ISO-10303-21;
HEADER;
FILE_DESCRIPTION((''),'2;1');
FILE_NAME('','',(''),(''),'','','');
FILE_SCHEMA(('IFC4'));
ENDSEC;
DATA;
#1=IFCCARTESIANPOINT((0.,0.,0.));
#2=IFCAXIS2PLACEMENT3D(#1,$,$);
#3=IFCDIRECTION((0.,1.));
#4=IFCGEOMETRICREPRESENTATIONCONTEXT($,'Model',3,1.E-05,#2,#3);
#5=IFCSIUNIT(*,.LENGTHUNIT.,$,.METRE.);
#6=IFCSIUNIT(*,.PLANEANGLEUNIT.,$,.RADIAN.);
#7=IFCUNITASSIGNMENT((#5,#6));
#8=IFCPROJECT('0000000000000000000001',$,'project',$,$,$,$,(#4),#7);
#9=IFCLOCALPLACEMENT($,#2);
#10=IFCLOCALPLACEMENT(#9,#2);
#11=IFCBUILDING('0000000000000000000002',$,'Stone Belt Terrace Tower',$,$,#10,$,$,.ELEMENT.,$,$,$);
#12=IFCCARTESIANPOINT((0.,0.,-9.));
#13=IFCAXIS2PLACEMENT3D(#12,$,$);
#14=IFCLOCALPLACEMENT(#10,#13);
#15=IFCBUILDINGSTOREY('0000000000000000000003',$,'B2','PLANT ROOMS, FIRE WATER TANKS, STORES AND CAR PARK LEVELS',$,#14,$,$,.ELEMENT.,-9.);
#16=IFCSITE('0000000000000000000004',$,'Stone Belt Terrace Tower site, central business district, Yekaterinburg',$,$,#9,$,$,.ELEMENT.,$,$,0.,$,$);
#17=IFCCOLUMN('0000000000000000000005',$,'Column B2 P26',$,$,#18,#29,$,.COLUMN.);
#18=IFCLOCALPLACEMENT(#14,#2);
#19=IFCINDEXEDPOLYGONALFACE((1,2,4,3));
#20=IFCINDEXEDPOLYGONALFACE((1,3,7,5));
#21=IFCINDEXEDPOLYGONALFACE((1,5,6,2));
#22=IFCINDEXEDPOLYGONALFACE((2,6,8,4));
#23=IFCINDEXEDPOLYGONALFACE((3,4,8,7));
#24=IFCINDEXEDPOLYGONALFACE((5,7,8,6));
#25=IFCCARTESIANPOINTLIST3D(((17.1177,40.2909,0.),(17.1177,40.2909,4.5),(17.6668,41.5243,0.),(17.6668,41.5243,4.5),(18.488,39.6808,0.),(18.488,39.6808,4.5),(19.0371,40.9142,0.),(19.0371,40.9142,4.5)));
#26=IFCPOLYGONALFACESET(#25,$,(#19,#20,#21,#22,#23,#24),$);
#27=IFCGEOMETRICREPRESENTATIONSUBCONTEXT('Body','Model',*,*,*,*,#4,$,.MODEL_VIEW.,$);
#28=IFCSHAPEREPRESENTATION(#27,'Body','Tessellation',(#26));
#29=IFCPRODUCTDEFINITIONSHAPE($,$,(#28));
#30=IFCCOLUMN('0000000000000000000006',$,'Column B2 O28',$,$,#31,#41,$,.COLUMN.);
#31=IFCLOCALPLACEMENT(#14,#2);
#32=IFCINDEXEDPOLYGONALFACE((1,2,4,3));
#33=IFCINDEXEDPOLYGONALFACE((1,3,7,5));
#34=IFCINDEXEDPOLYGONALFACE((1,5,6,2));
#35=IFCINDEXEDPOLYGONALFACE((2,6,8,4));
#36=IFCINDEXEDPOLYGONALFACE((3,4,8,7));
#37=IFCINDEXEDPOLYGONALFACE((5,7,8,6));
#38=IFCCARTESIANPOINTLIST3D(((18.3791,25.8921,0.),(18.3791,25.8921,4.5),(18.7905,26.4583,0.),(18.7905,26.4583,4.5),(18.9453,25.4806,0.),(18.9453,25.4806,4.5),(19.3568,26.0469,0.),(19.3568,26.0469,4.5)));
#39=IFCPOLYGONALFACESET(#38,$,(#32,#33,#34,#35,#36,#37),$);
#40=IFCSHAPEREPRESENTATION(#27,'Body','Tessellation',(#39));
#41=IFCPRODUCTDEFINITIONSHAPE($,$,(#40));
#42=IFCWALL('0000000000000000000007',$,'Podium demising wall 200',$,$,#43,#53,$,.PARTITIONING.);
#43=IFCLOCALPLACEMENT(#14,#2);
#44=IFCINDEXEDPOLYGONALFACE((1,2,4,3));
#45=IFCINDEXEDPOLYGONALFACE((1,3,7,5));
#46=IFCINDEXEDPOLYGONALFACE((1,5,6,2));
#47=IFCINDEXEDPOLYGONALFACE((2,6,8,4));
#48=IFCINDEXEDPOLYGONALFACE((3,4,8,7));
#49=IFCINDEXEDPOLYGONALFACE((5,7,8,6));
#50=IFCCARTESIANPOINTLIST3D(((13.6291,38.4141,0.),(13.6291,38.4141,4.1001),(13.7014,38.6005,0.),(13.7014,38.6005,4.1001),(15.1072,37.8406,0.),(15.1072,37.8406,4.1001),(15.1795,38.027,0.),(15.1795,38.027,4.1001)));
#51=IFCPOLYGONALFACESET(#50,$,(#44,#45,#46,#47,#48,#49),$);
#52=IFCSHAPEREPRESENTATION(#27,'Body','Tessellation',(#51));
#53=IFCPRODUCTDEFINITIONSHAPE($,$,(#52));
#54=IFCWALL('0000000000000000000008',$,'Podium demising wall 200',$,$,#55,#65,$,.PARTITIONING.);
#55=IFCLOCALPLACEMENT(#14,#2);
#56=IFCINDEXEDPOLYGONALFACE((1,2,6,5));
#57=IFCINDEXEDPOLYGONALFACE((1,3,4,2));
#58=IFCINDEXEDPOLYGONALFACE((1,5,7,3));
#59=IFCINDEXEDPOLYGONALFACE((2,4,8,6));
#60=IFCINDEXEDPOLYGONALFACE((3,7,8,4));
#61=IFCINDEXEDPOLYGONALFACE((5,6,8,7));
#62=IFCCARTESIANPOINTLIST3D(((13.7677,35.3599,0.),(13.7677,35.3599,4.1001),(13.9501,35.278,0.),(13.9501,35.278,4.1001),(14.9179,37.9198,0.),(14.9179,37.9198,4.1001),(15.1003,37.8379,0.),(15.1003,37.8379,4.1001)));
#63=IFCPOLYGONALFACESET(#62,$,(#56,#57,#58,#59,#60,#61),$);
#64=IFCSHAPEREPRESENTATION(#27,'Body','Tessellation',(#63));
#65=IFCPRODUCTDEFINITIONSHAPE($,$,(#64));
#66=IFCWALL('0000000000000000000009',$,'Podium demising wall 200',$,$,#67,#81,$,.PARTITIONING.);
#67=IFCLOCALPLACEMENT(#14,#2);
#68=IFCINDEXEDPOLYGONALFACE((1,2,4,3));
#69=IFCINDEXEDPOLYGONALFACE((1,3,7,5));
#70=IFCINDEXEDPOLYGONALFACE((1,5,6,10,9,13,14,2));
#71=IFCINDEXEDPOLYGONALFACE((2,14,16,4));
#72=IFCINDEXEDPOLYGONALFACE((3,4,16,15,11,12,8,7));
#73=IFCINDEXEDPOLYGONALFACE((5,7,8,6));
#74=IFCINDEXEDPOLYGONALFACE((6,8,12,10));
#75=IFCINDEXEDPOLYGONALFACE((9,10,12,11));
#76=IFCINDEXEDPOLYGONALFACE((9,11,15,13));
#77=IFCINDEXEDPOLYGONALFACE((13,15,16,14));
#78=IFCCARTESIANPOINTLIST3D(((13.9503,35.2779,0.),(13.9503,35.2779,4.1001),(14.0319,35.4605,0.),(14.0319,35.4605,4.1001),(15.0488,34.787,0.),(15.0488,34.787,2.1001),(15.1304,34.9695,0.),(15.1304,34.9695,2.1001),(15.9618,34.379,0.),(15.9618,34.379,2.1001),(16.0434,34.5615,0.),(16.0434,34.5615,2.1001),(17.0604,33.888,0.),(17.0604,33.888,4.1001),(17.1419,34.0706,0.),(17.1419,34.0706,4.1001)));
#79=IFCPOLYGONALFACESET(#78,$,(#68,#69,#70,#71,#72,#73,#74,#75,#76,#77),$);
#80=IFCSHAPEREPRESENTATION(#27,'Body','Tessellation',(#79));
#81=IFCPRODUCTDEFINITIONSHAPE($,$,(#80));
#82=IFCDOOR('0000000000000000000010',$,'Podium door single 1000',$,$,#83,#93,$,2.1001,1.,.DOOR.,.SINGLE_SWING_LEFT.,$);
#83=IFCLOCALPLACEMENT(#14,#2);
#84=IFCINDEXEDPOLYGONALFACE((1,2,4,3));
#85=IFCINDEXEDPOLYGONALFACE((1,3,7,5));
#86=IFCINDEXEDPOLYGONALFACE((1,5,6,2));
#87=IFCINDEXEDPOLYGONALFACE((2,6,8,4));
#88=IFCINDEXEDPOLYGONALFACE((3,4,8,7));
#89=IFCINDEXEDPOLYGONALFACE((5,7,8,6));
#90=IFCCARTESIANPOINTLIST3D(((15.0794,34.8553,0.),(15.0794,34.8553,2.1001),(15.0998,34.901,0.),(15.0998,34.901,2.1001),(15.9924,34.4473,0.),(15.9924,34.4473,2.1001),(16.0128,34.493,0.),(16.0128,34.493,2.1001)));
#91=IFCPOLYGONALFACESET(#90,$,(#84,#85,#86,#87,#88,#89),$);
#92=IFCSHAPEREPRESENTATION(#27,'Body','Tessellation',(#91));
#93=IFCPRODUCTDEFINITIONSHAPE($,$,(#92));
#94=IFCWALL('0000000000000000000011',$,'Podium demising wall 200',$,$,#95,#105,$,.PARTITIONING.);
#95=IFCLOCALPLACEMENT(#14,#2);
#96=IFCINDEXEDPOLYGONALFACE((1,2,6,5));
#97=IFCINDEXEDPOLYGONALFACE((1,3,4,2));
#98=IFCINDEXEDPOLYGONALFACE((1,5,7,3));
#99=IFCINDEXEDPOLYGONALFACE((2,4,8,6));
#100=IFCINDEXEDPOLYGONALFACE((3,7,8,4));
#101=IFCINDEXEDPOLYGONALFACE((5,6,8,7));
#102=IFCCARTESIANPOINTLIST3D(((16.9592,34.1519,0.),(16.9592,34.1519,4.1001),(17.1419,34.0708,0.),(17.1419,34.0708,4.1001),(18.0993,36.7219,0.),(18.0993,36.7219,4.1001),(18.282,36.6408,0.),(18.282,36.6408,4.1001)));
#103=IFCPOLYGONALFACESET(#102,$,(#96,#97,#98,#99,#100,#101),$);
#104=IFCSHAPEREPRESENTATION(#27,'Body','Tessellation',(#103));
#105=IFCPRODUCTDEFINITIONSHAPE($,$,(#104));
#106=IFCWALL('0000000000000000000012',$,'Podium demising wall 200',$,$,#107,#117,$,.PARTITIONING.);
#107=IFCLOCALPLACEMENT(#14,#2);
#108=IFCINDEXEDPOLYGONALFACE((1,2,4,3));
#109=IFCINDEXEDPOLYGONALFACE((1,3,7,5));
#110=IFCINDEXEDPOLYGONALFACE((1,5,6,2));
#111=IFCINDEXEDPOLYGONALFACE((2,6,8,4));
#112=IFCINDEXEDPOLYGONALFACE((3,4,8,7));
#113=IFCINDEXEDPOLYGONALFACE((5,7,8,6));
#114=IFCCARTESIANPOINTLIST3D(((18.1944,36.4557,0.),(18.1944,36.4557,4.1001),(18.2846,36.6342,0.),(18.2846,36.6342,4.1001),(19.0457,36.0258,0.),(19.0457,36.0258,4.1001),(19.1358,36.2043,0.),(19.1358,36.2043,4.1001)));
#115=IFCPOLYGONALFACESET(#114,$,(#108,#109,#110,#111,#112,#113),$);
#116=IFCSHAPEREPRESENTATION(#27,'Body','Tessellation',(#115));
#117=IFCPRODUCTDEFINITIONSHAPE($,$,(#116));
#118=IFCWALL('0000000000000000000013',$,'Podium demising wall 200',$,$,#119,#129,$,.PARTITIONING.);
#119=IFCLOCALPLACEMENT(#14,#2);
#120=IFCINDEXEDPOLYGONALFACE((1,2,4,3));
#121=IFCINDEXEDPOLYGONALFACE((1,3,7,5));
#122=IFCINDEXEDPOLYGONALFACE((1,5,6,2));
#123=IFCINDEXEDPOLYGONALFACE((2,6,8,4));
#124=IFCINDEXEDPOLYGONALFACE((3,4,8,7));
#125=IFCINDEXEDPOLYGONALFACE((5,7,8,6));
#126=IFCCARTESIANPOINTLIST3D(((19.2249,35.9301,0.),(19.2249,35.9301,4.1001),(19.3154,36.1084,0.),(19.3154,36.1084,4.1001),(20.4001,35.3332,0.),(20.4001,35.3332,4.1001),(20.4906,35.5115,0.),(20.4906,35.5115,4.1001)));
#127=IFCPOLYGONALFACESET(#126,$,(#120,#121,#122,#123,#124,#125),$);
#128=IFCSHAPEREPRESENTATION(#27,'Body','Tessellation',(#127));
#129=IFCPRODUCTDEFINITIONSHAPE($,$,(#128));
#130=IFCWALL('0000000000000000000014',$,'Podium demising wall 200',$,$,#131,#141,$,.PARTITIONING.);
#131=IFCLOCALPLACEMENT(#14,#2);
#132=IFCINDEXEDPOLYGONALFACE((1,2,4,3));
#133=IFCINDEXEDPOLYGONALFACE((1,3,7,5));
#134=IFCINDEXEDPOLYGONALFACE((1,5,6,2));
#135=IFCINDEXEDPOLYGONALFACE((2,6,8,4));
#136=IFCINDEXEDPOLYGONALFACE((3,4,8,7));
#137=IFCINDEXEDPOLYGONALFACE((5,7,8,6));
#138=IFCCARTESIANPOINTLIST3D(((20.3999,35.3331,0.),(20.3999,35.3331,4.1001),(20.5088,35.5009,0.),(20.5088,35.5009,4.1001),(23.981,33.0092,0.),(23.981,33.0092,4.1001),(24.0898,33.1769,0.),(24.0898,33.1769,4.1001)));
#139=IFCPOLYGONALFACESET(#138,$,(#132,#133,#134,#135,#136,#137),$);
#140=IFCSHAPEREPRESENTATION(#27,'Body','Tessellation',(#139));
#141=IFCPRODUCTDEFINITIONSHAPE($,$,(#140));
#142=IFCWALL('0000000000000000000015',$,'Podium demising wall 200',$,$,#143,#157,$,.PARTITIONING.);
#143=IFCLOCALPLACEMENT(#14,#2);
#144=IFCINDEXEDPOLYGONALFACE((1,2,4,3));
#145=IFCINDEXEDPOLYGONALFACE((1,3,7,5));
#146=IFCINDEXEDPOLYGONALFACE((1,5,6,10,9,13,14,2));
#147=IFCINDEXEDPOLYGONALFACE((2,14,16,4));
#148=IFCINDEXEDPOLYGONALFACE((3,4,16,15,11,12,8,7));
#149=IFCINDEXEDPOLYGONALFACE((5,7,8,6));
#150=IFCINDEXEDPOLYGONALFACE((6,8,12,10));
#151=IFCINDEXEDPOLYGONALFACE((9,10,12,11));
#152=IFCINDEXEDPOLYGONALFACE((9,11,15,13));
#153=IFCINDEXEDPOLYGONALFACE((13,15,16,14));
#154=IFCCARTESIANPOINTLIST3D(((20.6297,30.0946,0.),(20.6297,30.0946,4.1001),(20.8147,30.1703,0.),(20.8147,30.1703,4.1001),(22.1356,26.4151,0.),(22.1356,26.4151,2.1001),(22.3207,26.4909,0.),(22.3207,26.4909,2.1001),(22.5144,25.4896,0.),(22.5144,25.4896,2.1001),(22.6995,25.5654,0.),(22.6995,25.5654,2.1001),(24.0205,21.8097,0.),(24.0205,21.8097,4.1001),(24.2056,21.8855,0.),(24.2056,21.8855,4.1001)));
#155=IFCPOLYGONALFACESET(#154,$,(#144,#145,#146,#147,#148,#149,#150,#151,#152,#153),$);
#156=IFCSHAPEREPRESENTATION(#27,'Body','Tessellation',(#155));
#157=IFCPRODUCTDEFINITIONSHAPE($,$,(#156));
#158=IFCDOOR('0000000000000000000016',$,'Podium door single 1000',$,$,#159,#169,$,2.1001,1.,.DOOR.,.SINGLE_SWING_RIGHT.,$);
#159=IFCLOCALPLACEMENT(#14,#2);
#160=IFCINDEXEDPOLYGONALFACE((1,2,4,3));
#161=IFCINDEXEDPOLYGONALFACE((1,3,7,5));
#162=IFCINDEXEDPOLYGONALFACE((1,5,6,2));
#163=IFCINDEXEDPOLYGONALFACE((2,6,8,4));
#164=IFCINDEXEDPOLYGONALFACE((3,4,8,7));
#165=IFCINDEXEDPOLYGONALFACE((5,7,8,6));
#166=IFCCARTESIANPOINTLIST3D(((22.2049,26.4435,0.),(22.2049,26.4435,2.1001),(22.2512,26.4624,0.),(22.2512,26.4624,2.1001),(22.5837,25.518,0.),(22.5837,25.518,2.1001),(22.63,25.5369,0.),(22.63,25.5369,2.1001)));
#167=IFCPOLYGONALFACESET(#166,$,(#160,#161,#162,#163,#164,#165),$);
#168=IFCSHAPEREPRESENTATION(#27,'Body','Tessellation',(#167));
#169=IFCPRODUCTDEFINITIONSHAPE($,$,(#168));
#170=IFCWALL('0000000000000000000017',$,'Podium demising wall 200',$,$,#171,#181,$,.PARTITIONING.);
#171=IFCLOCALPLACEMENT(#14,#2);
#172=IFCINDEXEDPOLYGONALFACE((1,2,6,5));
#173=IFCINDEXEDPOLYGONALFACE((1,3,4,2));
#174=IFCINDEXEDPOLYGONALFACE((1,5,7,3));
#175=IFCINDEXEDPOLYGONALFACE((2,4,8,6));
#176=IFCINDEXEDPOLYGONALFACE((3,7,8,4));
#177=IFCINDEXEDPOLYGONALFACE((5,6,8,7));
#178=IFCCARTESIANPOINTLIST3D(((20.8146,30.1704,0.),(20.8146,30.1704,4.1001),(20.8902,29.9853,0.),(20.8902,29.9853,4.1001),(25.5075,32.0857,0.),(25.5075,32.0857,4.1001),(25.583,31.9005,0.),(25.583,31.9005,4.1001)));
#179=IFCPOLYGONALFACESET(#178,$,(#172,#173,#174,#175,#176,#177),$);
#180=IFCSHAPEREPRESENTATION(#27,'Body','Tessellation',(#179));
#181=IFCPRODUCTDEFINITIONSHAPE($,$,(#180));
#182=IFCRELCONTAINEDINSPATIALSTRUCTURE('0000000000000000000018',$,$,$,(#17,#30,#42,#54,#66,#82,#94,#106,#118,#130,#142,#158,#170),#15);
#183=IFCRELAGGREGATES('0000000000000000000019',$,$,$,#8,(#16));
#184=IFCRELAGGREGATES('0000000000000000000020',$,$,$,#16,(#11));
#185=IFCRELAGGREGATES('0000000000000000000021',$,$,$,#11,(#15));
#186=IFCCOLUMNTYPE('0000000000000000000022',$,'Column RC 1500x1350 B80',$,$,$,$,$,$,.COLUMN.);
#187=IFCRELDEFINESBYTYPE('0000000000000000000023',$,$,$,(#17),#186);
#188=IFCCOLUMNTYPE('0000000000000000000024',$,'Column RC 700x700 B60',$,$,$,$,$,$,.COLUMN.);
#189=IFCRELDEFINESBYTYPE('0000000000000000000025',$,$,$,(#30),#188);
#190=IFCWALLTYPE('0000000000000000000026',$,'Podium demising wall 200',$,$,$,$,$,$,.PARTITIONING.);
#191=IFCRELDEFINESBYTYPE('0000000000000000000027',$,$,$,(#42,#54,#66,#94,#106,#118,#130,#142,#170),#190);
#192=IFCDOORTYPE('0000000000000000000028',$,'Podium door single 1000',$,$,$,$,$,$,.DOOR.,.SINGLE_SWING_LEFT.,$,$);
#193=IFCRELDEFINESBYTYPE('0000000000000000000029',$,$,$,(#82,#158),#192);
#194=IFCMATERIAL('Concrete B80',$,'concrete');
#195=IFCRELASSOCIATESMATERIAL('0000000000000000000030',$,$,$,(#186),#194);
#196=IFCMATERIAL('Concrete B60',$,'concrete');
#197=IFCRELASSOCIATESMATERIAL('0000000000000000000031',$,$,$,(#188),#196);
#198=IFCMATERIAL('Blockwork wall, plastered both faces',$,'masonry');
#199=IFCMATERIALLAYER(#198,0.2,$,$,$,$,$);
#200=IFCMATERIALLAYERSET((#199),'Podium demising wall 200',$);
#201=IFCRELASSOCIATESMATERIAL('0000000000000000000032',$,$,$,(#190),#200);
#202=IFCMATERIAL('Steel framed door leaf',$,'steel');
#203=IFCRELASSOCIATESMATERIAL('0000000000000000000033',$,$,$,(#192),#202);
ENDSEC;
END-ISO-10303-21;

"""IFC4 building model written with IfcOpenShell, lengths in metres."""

from ifc_helpers import new_model, si_unit, direction, frame, frame_2d, origin, origin_2d, place, context, subcontext, project, spatial, rectangle, extrude, material, layer, layer_set, material_profile, profile_set, type_object, element, fill, save


model = new_model("IFC4")

# Units and contexts
model_context = context("Model", 3, precision=1e-05, world=origin(), true_north=direction((0.0, 1.0)))
body_context = subcontext(model_context, "Body", "Model", "MODEL_VIEW")
ifc_project = project(units=[si_unit("LENGTHUNIT", "METRE"), si_unit("PLANEANGLEUNIT", "RADIAN")], contexts=[model_context])

# Site, building, storey
site_placement = place(None, origin())
site = spatial("IfcSite", under=ifc_project, at=site_placement, Name="Stone Belt Terrace Tower site, central business district, Yekaterinburg", CompositionType="ELEMENT", RefElevation=0.0)
building_placement = place(site_placement, origin())
building = spatial("IfcBuilding", under=site, at=building_placement, Name="Stone Belt Terrace Tower", CompositionType="ELEMENT")
storey_placement = place(building_placement, frame((0.0, 0.0, -9.0)))
storey = spatial("IfcBuildingStorey", under=building, at=storey_placement, Name="B2", Description="PLANT ROOMS, FIRE WATER TANKS, STORES AND CAR PARK LEVELS", CompositionType="ELEMENT", Elevation=-9.0)

# Columns
ifc_material_1 = material(Name="Concrete B80", Category="concrete")
ifc_material_profile_1 = material_profile(ifc_material_1, rectangle(XDim=1.5, YDim=1.3501, at=origin_2d()), Name="RC 1500x1350")
ifc_profile_set_1 = profile_set([ifc_material_profile_1], Name="Concrete B80")
column_type_1 = type_object("IfcColumnType", Name="Column RC 1500x1350 B80", PredefinedType="COLUMN", material=ifc_profile_set_1)
column_1_placement = place(storey_placement, frame((18.0774, 40.6025, 0.0), z_axis=(0.0, 0.0, 1.0), x_axis=(0.913545, -0.406737, 0.0)))
element("IfcColumn", 1, at=column_1_placement, inside=storey, type_object=column_type_1, Name="Column B2 P26", PredefinedType="COLUMN", context=body_context, shape_type="SweptSolid", body=[
    extrude(rectangle(XDim=1.5, YDim=1.3501, at=origin_2d()), origin(), (0.0, 0.0, 1.0), 4.5),
])
ifc_material_2 = material(Name="Concrete B60", Category="concrete")
ifc_material_profile_2 = material_profile(ifc_material_2, rectangle(XDim=0.7, YDim=0.7, at=origin_2d()), Name="RC 700x700")
ifc_profile_set_2 = profile_set([ifc_material_profile_2], Name="Concrete B60")
column_type_2 = type_object("IfcColumnType", Name="Column RC 700x700 B60", PredefinedType="COLUMN", material=ifc_profile_set_2)
column_2_placement = place(storey_placement, frame((18.8679, 25.9695, 0.0), z_axis=(0.0, 0.0, 1.0), x_axis=(0.809017, -0.587785, 0.0)))
element("IfcColumn", 2, at=column_2_placement, inside=storey, type_object=column_type_2, Name="Column B2 O28", PredefinedType="COLUMN", context=body_context, shape_type="SweptSolid", body=[
    extrude(rectangle(XDim=0.7, YDim=0.7, at=origin_2d()), origin(), (0.0, 0.0, 1.0), 4.5),
])

# Walls
ifc_material_3 = material(Name="Blockwork wall, plastered both faces", Category="masonry")
ifc_layer_1 = layer(ifc_material_3, 0.2)
ifc_layer_set_1 = layer_set([ifc_layer_1], Name="Podium demising wall 200")
wall_type_1 = type_object("IfcWallType", Name="Podium demising wall 200", PredefinedType="PARTITIONING", material=ifc_layer_set_1)
wall_1_placement = place(storey_placement, frame((13.6653, 38.5073, 0.0), z_axis=(0.0, 0.0, 1.0), x_axis=(0.932282, -0.361733, 0.0)))
element("IfcWall", 3, at=wall_1_placement, inside=storey, type_object=wall_type_1, Name="Podium demising wall 200", PredefinedType="PARTITIONING", context=body_context, shape_type="SweptSolid", body=[
    extrude(rectangle(XDim=1.5854, YDim=0.2, at=frame_2d((0.7927, 0.0))), origin(), (0.0, 0.0, 1.0), 4.1001),
])
wall_2_placement = place(storey_placement, frame((13.8589, 35.3188, 0.0), z_axis=(0.0, 0.0, 1.0), x_axis=(0.40984, 0.912157, 0.0)))
element("IfcWall", 4, at=wall_2_placement, inside=storey, type_object=wall_type_1, Name="Podium demising wall 200", PredefinedType="PARTITIONING", context=body_context, shape_type="SweptSolid", body=[
    extrude(rectangle(XDim=2.8064, YDim=0.2, at=frame_2d((1.4033, 0.0))), origin(), (0.0, 0.0, 1.0), 4.1001),
])

# Wall, opening, door
wall_3_placement = place(storey_placement, frame((13.9912, 35.3691, 0.0), z_axis=(0.0, 0.0, 1.0), x_axis=(0.912979, -0.408006, 0.0)))
wall_3 = element("IfcWall", 5, at=wall_3_placement, inside=storey, type_object=wall_type_1, Name="Podium demising wall 200", PredefinedType="PARTITIONING", context=body_context, shape_type="SweptSolid", body=[
    extrude(rectangle(XDim=3.4065, YDim=0.2, at=frame_2d((1.7031, 0.0))), origin(), (0.0, 0.0, 1.0), 4.1001),
])
opening_1_placement = place(wall_3_placement, frame((1.2031, 0.0, 0.0)))
opening_1 = element("IfcOpeningElement", 6, at=opening_1_placement, cuts=wall_3, PredefinedType="OPENING", context=body_context, shape_type="SweptSolid", body=[
    extrude(rectangle(XDim=1.0, YDim=2.1001, at=frame_2d((0.5, 1.05))), frame((0.0, 0.1099, 0.0), z_axis=(0.0, -1.0, 0.0), x_axis=(1.0, 0.0, 0.0)), (0.0, 0.0, 1.0), 0.22),
])
ifc_material_4 = material(Name="Steel framed door leaf", Category="steel")
door_type_1 = type_object("IfcDoorType", Name="Podium door single 1000", OperationType="SINGLE_SWING_LEFT", PredefinedType="DOOR", material=ifc_material_4)
door_1_placement = place(opening_1_placement, origin())
door_1 = element("IfcDoor", 7, at=door_1_placement, inside=storey, type_object=door_type_1, Name="Podium door single 1000", OperationType="SINGLE_SWING_LEFT", OverallHeight=2.1001, OverallWidth=1.0, PredefinedType="DOOR", context=body_context, shape_type="SweptSolid", body=[
    extrude(rectangle(XDim=1.0, YDim=2.1001, at=frame_2d((0.5, 1.05))), frame((0.0, 0.0249, 0.0), z_axis=(0.0, -1.0, 0.0), x_axis=(1.0, 0.0, 0.0)), (0.0, 0.0, 1.0), 0.05),
])
fill(opening_1, door_1)

# Walls
wall_4_placement = place(storey_placement, frame((17.0505, 34.1113, 0.0), z_axis=(0.0, 0.0, 1.0), x_axis=(0.40551, 0.914091, 0.0)))
element("IfcWall", 8, at=wall_4_placement, inside=storey, type_object=wall_type_1, Name="Podium demising wall 200", PredefinedType="PARTITIONING", context=body_context, shape_type="SweptSolid", body=[
    extrude(rectangle(XDim=2.8115, YDim=0.2, at=frame_2d((1.4058, 0.0))), origin(), (0.0, 0.0, 1.0), 4.1001),
])
wall_5_placement = place(storey_placement, frame((18.2395, 36.5449, 0.0), z_axis=(0.0, 0.0, 1.0), x_axis=(0.892628, -0.450794, 0.0)))
element("IfcWall", 9, at=wall_5_placement, inside=storey, type_object=wall_type_1, Name="Podium demising wall 200", PredefinedType="PARTITIONING", context=body_context, shape_type="SweptSolid", body=[
    extrude(rectangle(XDim=0.9536, YDim=0.2, at=frame_2d((0.4768, 0.0))), origin(), (0.0, 0.0, 1.0), 4.1001),
])
wall_6_placement = place(storey_placement, frame((19.27, 36.0193, 0.0), z_axis=(0.0, 0.0, 1.0), x_axis=(0.891594, -0.452835, 0.0)))
element("IfcWall", 10, at=wall_6_placement, inside=storey, type_object=wall_type_1, Name="Podium demising wall 200", PredefinedType="PARTITIONING", context=body_context, shape_type="SweptSolid", body=[
    extrude(rectangle(XDim=1.3181, YDim=0.2, at=frame_2d((0.6592, 0.0))), origin(), (0.0, 0.0, 1.0), 4.1001),
])
wall_7_placement = place(storey_placement, frame((20.4543, 35.417, 0.0), z_axis=(0.0, 0.0, 1.0), x_axis=(0.838841, -0.544377, 0.0)))
element("IfcWall", 11, at=wall_7_placement, inside=storey, type_object=wall_type_1, Name="Podium demising wall 200", PredefinedType="PARTITIONING", context=body_context, shape_type="SweptSolid", body=[
    extrude(rectangle(XDim=4.269, YDim=0.2, at=frame_2d((2.1345, 0.0))), origin(), (0.0, 0.0, 1.0), 4.1001),
])

# Wall, opening, door
wall_8_placement = place(storey_placement, frame((20.7222, 30.1326, 0.0), z_axis=(0.0, 0.0, 1.0), x_axis=(0.378785, -0.925485, 0.0)))
wall_8 = element("IfcWall", 12, at=wall_8_placement, inside=storey, type_object=wall_type_1, Name="Podium demising wall 200", PredefinedType="PARTITIONING", context=body_context, shape_type="SweptSolid", body=[
    extrude(rectangle(XDim=8.9519, YDim=0.2, at=frame_2d((4.4761, 0.0))), origin(), (0.0, 0.0, 1.0), 4.1001),
])
opening_2_placement = place(wall_8_placement, frame((3.9758, 0.0, 0.0)))
opening_2 = element("IfcOpeningElement", 13, at=opening_2_placement, cuts=wall_8, PredefinedType="OPENING", context=body_context, shape_type="SweptSolid", body=[
    extrude(rectangle(XDim=1.0, YDim=2.1001, at=frame_2d((0.5, 1.05))), frame((0.0, 0.1099, 0.0), z_axis=(0.0, -1.0, 0.0), x_axis=(1.0, 0.0, 0.0)), (0.0, 0.0, 1.0), 0.22),
])
door_2_placement = place(opening_2_placement, origin())
door_2 = element("IfcDoor", 14, at=door_2_placement, inside=storey, type_object=door_type_1, Name="Podium door single 1000", OperationType="SINGLE_SWING_RIGHT", OverallHeight=2.1001, OverallWidth=1.0, PredefinedType="DOOR", context=body_context, shape_type="SweptSolid", body=[
    extrude(rectangle(XDim=1.0, YDim=2.1001, at=frame_2d((0.5, 1.05))), frame((0.0, 0.0249, 0.0), z_axis=(0.0, -1.0, 0.0), x_axis=(1.0, 0.0, 0.0)), (0.0, 0.0, 1.0), 0.05),
])
fill(opening_2, door_2)

# Wall
wall_9_placement = place(storey_placement, frame((20.8525, 30.0779, 0.0), z_axis=(0.0, 0.0, 1.0), x_axis=(0.92586, 0.377868, 0.0)))
element("IfcWall", 15, at=wall_9_placement, inside=storey, type_object=wall_type_1, Name="Podium demising wall 200", PredefinedType="PARTITIONING", context=body_context, shape_type="SweptSolid", body=[
    extrude(rectangle(XDim=5.0686, YDim=0.2, at=frame_2d((2.5342, 0.0))), origin(), (0.0, 0.0, 1.0), 4.1001),
])

save(model, "model.ifc")
